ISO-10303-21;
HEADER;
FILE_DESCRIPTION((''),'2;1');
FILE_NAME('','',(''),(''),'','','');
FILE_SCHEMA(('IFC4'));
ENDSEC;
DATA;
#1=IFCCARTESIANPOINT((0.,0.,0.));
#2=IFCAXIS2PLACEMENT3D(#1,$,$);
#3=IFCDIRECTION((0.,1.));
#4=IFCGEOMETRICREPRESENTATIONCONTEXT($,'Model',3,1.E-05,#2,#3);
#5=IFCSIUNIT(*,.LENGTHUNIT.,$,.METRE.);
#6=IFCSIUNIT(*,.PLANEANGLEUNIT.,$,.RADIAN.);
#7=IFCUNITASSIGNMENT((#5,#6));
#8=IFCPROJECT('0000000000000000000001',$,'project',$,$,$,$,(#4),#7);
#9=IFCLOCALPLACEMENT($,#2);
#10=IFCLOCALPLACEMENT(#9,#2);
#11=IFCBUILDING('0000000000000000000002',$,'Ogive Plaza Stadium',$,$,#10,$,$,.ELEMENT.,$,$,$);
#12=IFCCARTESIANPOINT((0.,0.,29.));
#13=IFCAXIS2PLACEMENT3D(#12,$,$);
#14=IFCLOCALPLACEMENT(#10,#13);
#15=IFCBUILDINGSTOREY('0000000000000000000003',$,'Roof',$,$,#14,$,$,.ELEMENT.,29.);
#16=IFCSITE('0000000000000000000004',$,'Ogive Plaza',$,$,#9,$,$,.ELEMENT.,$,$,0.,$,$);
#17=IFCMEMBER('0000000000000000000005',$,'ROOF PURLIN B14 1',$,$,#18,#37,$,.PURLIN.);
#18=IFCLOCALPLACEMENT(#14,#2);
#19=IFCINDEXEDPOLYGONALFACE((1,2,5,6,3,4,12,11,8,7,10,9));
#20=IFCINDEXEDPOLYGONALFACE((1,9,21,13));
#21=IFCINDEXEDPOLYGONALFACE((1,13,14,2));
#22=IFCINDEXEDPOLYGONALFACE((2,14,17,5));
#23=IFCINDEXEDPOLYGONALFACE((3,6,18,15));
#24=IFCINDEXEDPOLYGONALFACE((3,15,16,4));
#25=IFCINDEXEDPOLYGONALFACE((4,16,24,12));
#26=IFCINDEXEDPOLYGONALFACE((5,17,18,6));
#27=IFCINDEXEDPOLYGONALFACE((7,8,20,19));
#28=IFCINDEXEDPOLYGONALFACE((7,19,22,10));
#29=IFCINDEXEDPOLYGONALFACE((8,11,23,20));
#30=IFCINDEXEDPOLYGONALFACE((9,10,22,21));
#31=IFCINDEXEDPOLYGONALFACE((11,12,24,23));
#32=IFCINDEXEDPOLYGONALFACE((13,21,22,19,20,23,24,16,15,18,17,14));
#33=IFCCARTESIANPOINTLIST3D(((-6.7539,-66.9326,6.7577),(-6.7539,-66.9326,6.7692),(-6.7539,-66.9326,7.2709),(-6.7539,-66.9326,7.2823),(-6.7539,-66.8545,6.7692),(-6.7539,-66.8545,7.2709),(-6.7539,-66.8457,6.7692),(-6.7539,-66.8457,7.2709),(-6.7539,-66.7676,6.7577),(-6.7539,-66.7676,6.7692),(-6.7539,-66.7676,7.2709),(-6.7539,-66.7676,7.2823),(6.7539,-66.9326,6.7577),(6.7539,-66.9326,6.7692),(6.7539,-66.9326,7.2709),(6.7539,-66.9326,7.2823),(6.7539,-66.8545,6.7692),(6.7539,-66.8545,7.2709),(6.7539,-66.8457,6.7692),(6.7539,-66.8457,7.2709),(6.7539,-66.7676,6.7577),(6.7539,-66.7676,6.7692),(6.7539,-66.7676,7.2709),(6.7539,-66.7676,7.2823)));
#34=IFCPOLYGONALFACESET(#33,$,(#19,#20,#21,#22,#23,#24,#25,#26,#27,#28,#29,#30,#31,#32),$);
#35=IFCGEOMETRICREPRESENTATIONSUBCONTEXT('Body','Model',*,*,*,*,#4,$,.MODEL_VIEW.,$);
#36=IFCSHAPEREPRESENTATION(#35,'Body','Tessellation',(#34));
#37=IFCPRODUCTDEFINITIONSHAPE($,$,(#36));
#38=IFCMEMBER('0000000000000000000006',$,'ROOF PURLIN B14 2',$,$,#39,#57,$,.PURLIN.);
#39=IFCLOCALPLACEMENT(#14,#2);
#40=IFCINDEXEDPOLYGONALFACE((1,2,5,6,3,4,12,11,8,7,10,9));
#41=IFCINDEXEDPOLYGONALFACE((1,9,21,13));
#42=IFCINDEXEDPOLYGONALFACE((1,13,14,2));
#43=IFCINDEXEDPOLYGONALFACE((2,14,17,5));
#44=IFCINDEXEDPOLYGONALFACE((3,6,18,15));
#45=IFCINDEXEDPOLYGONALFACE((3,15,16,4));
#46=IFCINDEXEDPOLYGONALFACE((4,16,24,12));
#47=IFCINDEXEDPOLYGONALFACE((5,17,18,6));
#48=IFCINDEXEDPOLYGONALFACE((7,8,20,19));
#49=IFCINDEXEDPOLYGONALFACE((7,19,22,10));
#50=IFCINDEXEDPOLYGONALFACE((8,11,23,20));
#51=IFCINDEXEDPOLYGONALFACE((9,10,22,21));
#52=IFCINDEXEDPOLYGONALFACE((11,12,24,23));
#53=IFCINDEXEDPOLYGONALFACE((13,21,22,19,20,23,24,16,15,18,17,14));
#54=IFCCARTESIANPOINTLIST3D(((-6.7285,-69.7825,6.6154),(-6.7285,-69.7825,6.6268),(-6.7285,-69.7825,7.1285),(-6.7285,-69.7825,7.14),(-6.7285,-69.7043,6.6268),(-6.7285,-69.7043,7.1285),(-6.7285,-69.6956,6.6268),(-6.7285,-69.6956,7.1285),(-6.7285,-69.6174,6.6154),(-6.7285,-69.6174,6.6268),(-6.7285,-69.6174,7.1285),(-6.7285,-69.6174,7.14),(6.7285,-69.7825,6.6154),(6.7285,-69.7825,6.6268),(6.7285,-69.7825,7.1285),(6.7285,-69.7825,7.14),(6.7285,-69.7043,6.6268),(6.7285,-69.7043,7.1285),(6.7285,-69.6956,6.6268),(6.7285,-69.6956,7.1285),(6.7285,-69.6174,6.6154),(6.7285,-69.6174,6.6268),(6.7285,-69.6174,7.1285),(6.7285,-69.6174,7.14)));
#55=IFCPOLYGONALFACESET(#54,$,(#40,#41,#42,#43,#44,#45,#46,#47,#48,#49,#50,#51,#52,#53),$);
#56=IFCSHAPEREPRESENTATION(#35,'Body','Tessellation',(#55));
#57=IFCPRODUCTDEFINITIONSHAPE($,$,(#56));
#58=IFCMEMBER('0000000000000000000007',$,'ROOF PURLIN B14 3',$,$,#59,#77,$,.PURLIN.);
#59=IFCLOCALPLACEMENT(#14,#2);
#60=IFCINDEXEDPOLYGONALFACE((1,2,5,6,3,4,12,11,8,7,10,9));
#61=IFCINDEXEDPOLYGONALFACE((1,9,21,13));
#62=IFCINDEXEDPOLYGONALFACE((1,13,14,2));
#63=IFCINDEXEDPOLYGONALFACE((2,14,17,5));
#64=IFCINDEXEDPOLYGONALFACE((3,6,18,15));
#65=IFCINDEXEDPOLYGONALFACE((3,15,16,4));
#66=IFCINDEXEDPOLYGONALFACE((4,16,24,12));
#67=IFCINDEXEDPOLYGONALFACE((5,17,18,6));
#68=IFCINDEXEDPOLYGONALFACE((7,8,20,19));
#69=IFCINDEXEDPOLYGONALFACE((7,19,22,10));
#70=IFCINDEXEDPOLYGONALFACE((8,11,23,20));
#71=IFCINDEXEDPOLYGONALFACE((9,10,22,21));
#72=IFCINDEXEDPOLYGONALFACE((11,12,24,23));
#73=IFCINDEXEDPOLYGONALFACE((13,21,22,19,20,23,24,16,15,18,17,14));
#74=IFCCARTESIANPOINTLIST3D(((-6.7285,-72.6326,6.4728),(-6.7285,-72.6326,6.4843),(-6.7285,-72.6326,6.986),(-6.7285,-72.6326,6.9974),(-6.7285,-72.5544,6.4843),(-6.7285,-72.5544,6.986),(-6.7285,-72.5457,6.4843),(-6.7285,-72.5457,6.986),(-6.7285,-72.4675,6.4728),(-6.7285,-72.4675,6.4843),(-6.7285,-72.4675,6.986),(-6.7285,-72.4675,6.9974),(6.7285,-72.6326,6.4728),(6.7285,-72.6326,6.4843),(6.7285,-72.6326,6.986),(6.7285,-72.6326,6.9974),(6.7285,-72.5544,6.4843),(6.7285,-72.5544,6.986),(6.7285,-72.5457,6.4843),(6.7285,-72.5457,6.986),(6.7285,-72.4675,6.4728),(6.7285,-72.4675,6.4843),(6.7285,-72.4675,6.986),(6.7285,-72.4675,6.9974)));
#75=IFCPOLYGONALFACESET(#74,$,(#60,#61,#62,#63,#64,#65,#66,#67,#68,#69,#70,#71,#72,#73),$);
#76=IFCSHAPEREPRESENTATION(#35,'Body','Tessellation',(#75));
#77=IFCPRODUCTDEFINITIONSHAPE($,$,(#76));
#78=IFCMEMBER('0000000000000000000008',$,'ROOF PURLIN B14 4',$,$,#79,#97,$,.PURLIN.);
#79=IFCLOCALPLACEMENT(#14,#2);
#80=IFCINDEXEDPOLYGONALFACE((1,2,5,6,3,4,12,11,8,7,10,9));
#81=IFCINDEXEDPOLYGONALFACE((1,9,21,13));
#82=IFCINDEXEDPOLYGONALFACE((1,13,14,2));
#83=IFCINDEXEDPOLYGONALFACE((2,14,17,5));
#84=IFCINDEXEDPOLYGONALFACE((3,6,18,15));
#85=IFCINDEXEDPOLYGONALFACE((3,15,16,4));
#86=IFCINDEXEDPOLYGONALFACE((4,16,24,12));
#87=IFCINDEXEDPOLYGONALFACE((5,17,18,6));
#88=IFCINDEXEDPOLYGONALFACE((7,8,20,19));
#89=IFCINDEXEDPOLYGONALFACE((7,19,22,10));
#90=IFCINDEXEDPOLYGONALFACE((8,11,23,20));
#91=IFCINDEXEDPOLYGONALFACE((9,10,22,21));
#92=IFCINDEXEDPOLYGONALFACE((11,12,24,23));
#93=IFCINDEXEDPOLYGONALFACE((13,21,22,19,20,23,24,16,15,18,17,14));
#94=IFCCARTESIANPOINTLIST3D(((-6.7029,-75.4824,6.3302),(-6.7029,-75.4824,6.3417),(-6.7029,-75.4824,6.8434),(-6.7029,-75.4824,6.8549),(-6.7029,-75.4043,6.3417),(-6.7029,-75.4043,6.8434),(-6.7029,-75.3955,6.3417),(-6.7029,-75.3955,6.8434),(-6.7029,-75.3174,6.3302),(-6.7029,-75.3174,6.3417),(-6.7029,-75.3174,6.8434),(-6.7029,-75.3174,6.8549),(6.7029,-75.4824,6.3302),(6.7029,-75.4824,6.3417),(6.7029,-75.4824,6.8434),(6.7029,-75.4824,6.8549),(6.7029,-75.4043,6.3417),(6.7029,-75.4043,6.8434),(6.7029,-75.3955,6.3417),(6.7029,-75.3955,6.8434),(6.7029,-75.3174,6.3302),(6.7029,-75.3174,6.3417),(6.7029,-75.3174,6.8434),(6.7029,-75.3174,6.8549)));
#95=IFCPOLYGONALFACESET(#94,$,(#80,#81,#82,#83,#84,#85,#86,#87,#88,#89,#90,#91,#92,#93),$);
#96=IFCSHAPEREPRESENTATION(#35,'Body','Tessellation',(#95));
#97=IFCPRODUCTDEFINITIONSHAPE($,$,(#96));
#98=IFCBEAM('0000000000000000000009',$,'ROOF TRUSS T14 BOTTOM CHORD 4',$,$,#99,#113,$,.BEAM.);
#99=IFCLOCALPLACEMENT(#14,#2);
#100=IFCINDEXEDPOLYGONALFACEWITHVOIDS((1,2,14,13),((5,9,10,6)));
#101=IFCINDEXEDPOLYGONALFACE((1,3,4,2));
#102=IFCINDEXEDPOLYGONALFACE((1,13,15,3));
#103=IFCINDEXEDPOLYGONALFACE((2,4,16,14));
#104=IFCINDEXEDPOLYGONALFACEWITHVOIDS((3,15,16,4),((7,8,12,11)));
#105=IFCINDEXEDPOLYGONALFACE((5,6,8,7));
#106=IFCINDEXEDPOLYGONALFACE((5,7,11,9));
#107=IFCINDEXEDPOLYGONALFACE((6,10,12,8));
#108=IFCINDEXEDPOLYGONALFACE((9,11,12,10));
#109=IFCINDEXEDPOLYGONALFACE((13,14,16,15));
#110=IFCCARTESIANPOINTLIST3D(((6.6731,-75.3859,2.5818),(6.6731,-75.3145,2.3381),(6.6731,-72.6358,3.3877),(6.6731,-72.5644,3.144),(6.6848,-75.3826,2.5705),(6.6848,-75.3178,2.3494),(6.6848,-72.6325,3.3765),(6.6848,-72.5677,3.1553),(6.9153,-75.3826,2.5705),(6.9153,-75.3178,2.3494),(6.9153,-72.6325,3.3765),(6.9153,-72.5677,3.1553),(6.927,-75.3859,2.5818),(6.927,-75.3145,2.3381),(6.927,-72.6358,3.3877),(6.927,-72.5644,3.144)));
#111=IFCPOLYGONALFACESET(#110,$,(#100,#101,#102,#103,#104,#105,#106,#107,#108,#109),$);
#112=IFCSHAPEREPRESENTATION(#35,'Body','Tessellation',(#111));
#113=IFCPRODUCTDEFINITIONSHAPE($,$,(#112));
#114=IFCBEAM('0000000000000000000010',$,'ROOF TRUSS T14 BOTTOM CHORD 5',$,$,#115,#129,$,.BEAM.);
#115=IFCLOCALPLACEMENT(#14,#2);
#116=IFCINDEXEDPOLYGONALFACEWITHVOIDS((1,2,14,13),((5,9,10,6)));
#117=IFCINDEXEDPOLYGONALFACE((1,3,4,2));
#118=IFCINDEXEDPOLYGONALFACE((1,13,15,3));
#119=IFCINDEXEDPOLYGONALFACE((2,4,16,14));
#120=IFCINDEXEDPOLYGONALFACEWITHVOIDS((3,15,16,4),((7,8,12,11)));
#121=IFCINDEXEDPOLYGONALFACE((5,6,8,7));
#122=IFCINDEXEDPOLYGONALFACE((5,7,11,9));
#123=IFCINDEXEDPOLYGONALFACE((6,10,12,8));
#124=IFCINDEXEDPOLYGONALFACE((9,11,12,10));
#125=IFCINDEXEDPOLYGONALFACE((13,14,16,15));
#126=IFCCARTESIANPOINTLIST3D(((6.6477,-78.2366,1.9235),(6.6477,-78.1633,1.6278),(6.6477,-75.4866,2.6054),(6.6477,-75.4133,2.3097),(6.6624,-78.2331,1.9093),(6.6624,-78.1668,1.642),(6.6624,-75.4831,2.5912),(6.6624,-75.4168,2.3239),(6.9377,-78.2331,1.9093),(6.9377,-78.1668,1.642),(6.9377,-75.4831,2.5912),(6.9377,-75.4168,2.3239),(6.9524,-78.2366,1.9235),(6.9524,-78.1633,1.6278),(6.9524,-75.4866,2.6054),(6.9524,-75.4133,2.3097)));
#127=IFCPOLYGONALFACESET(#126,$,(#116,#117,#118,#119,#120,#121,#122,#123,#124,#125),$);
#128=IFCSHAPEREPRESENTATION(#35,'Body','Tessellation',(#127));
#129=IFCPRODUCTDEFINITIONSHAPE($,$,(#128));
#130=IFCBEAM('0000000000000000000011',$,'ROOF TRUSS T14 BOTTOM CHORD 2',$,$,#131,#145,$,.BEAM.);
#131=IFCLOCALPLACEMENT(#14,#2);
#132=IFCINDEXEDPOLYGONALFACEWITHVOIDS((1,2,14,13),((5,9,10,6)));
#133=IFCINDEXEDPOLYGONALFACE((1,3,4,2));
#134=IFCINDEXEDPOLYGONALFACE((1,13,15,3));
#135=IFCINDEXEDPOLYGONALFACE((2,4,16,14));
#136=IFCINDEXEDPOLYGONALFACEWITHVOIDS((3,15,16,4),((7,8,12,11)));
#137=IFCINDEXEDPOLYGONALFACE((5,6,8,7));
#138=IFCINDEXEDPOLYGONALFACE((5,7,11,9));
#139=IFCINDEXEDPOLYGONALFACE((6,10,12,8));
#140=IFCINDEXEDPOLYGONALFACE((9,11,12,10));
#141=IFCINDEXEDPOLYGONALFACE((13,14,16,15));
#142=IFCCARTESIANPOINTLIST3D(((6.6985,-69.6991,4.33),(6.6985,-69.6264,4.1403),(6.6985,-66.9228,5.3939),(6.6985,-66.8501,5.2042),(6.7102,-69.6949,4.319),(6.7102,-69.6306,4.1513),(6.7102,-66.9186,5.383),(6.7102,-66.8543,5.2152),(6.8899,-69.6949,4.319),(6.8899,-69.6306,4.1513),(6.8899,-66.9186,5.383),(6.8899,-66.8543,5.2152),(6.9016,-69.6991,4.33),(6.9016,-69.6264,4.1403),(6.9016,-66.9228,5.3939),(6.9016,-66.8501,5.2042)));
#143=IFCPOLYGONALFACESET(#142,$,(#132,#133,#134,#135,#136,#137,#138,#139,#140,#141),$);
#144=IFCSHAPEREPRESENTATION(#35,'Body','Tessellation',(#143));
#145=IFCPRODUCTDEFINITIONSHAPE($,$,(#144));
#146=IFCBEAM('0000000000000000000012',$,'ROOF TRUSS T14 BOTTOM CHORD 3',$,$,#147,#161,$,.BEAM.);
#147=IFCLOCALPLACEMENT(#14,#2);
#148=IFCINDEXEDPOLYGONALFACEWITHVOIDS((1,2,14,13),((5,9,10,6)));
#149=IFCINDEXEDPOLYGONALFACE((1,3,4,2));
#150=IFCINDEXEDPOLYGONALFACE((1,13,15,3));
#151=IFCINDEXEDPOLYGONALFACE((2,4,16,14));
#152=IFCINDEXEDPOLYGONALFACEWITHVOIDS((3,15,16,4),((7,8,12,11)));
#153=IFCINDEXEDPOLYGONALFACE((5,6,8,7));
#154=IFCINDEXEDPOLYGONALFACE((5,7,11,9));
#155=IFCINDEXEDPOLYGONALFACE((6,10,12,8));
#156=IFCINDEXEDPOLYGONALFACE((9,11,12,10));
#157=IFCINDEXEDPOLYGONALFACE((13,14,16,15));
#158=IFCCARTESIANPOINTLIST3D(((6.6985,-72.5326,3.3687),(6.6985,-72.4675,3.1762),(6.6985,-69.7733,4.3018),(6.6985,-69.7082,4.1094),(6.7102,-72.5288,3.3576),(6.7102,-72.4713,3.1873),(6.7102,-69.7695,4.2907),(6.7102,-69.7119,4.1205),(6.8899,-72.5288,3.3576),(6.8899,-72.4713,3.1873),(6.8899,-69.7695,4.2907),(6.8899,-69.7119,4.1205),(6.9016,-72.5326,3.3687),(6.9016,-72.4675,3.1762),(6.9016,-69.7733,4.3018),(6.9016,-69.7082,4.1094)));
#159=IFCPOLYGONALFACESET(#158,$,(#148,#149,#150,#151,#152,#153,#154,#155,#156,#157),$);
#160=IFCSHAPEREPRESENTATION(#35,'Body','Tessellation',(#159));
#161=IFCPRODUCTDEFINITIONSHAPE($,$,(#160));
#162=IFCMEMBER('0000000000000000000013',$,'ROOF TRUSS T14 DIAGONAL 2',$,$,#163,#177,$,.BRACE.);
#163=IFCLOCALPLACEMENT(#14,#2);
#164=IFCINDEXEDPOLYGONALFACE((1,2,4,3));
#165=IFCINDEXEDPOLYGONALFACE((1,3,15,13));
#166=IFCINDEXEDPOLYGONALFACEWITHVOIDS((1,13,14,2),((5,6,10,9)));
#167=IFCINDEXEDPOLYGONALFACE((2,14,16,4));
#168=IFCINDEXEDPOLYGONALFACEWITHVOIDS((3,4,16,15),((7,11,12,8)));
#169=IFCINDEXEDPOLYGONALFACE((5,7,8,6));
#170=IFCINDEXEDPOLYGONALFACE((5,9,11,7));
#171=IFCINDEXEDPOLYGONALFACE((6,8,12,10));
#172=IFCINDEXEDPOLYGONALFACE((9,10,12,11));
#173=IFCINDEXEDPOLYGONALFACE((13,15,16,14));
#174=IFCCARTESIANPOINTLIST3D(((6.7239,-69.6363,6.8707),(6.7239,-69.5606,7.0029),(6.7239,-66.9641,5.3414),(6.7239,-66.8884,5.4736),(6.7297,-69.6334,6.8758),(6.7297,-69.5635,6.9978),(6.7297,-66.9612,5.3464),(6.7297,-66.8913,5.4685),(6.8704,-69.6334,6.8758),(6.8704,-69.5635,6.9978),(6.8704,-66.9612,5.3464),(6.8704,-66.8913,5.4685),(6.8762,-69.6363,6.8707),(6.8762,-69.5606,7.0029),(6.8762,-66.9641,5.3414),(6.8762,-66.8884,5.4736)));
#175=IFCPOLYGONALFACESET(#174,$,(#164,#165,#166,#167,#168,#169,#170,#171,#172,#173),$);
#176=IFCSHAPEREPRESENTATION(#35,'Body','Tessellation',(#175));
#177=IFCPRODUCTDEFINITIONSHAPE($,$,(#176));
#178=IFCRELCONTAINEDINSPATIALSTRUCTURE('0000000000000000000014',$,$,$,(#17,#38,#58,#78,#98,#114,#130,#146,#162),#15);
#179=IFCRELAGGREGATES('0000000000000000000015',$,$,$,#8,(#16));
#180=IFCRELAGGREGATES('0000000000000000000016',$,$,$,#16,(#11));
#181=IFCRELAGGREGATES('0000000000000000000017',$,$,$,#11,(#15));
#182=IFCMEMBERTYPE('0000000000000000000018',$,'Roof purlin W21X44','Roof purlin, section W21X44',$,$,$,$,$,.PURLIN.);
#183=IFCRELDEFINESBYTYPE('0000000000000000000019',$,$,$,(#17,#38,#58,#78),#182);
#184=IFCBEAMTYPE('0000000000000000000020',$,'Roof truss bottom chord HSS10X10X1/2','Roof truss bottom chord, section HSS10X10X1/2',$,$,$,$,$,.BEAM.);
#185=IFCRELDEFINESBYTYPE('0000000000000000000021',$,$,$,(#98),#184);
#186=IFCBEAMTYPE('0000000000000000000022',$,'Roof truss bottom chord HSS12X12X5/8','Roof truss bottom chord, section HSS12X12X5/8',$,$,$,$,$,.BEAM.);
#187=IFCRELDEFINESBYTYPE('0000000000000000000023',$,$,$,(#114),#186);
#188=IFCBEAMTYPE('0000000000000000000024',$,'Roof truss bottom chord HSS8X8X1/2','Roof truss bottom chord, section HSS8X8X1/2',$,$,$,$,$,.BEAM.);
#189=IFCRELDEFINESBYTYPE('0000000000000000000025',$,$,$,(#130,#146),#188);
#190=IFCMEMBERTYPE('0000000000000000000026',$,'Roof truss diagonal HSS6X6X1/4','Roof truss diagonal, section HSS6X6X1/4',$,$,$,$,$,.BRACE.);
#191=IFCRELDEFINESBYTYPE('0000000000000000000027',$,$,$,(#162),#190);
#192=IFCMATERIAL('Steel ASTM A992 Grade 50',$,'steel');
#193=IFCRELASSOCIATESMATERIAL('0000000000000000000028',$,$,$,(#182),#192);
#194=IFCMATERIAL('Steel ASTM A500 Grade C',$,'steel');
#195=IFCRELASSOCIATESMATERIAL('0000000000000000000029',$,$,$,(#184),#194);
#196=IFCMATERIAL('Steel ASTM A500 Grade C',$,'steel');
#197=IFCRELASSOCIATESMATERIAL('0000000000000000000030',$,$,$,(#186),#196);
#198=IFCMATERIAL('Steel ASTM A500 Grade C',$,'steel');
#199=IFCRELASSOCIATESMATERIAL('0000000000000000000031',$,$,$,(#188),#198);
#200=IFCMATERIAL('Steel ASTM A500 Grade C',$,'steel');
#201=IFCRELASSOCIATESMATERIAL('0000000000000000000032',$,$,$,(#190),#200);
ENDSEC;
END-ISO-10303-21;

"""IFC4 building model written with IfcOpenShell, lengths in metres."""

from ifc_helpers import new_model, si_unit, direction, frame, origin, origin_2d, place, context, subcontext, project, spatial, hollow_rectangle, i_section, extrude, material, material_profile, profile_set, type_object, element, save


model = new_model("IFC4")

# Units and contexts
model_context = context("Model", 3, precision=1e-05, world=origin(), true_north=direction((0.0, 1.0)))
body_context = subcontext(model_context, "Body", "Model", "MODEL_VIEW")
ifc_project = project(units=[si_unit("LENGTHUNIT", "METRE"), si_unit("PLANEANGLEUNIT", "RADIAN")], contexts=[model_context])

# Site, building, storey
site_placement = place(None, origin())
site = spatial("IfcSite", under=ifc_project, at=site_placement, Name="Ogive Plaza", CompositionType="ELEMENT", RefElevation=0.0)
building_placement = place(site_placement, origin())
building = spatial("IfcBuilding", under=site, at=building_placement, Name="Ogive Plaza Stadium", CompositionType="ELEMENT")
storey_placement = place(building_placement, frame((0.0, 0.0, 29.0)))
storey = spatial("IfcBuildingStorey", under=building, at=storey_placement, Name="Roof", CompositionType="ELEMENT", Elevation=29.0)

# Members
ifc_material_1 = material(Name="Steel ASTM A992 Grade 50", Category="steel")
ifc_material_profile_1 = material_profile(ifc_material_1, i_section(OverallWidth=0.165, OverallDepth=0.5247, WebThickness=0.0088, FlangeThickness=0.0115, at=origin_2d()), Name="W21X44")
ifc_profile_set_1 = profile_set([ifc_material_profile_1], Name="Steel ASTM A992 Grade 50")
member_type_1 = type_object("IfcMemberType", Name="Roof purlin W21X44", Description="Roof purlin, section W21X44", PredefinedType="PURLIN", material=ifc_profile_set_1)
member_1_placement = place(storey_placement, frame((6.7539, -66.8501, 7.02), z_axis=(-1.0, 0.0, 0.0), x_axis=(0.0, -1.0, 0.0)))
element("IfcMember", 1, at=member_1_placement, inside=storey, type_object=member_type_1, Name="ROOF PURLIN B14 1", PredefinedType="PURLIN", context=body_context, shape_type="SweptSolid", body=[
    extrude(i_section(OverallWidth=0.165, OverallDepth=0.5247, WebThickness=0.0088, FlangeThickness=0.0115, at=origin_2d()), origin(), (0.0, 0.0, 1.0), 13.5078),
])
for number, where, z_axis, x_axis, name in (
    (2, (6.7285, -69.7, 6.8777), (-1.0, 0.0, 0.0), (0.0, -1.0, 0.0), "ROOF PURLIN B14 2"),
    (3, (6.7285, -72.55, 6.7351), (-1.0, 0.0, 0.0), (0.0, -1.0, 0.0), "ROOF PURLIN B14 3"),
):
    element("IfcMember", number, at=place(storey_placement, frame(where, z_axis=z_axis, x_axis=x_axis)), inside=storey, type_object=member_type_1, Name=name, PredefinedType="PURLIN", context=body_context, shape_type="SweptSolid", body=[
        extrude(i_section(OverallWidth=0.165, OverallDepth=0.5247, WebThickness=0.0088, FlangeThickness=0.0115, at=origin_2d()), origin(), (0.0, 0.0, 1.0), 13.457),
    ])
member_2_placement = place(storey_placement, frame((6.7029, -75.3999, 6.5925), z_axis=(-1.0, 0.0, 0.0), x_axis=(0.0, -1.0, 0.0)))
element("IfcMember", 4, at=member_2_placement, inside=storey, type_object=member_type_1, Name="ROOF PURLIN B14 4", PredefinedType="PURLIN", context=body_context, shape_type="SweptSolid", body=[
    extrude(i_section(OverallWidth=0.165, OverallDepth=0.5247, WebThickness=0.0088, FlangeThickness=0.0115, at=origin_2d()), origin(), (0.0, 0.0, 1.0), 13.4058),
])

# Beams
ifc_material_2 = material(Name="Steel ASTM A500 Grade C", Category="steel")
ifc_material_profile_2 = material_profile(ifc_material_2, hollow_rectangle(XDim=0.2539, YDim=0.2539, WallThickness=0.0117, at=origin_2d()), Name="HSS10X10X1/2")
ifc_profile_set_2 = profile_set([ifc_material_profile_2], Name="Steel ASTM A500 Grade C")
beam_type_1 = type_object("IfcBeamType", Name="Roof truss bottom chord HSS10X10X1/2", Description="Roof truss bottom chord, section HSS10X10X1/2", PredefinedType="BEAM", material=ifc_profile_set_2)
beam_1_placement = place(storey_placement, frame((6.8, -72.6001, 3.2659), z_axis=(0.0, -0.95964, -0.28123), x_axis=(1.0, 0.0, 0.0)))
element("IfcBeam", 5, at=beam_1_placement, inside=storey, type_object=beam_type_1, Name="ROOF TRUSS T14 BOTTOM CHORD 4", PredefinedType="BEAM", context=body_context, shape_type="SweptSolid", body=[
    extrude(hollow_rectangle(XDim=0.2539, YDim=0.2539, WallThickness=0.0117, at=origin_2d()), origin(), (0.0, 0.0, 1.0), 2.8657),
])
ifc_material_3 = material(Name="Steel ASTM A500 Grade C", Category="steel")
ifc_material_profile_3 = material_profile(ifc_material_3, hollow_rectangle(XDim=0.3047, YDim=0.3047, WallThickness=0.0146, at=origin_2d()), Name="HSS12X12X5/8")
ifc_profile_set_3 = profile_set([ifc_material_profile_3], Name="Steel ASTM A500 Grade C")
beam_type_2 = type_object("IfcBeamType", Name="Roof truss bottom chord HSS12X12X5/8", Description="Roof truss bottom chord, section HSS12X12X5/8", PredefinedType="BEAM", material=ifc_profile_set_3)
beam_2_placement = place(storey_placement, frame((6.8, -75.45, 2.4575), z_axis=(0.0, -0.970607, -0.24067), x_axis=(1.0, 0.0, 0.0)))
element("IfcBeam", 6, at=beam_2_placement, inside=storey, type_object=beam_type_2, Name="ROOF TRUSS T14 BOTTOM CHORD 5", PredefinedType="BEAM", context=body_context, shape_type="SweptSolid", body=[
    extrude(hollow_rectangle(XDim=0.3047, YDim=0.3047, WallThickness=0.0146, at=origin_2d()), origin(), (0.0, 0.0, 1.0), 2.8333),
])
ifc_material_4 = material(Name="Steel ASTM A500 Grade C", Category="steel")
ifc_material_profile_4 = material_profile(ifc_material_4, hollow_rectangle(XDim=0.2031, YDim=0.2031, WallThickness=0.0117, at=origin_2d()), Name="HSS8X8X1/2")
ifc_profile_set_4 = profile_set([ifc_material_profile_4], Name="Steel ASTM A500 Grade C")
beam_type_3 = type_object("IfcBeamType", Name="Roof truss bottom chord HSS8X8X1/2", Description="Roof truss bottom chord, section HSS8X8X1/2", PredefinedType="BEAM", material=ifc_profile_set_4)
beam_3_placement = place(storey_placement, frame((6.8, -66.8865, 5.2991), z_axis=(0.0, -0.933781, -0.357845), x_axis=(1.0, 0.0, 0.0)))
element("IfcBeam", 7, at=beam_3_placement, inside=storey, type_object=beam_type_3, Name="ROOF TRUSS T14 BOTTOM CHORD 2", PredefinedType="BEAM", context=body_context, shape_type="SweptSolid", body=[
    extrude(hollow_rectangle(XDim=0.2031, YDim=0.2031, WallThickness=0.0117, at=origin_2d()), origin(), (0.0, 0.0, 1.0), 2.9731),
])
beam_4_placement = place(storey_placement, frame((6.8, -69.7407, 4.2056), z_axis=(0.0, -0.9473, -0.320349), x_axis=(1.0, 0.0, 0.0)))
element("IfcBeam", 8, at=beam_4_placement, inside=storey, type_object=beam_type_3, Name="ROOF TRUSS T14 BOTTOM CHORD 3", PredefinedType="BEAM", context=body_context, shape_type="SweptSolid", body=[
    extrude(hollow_rectangle(XDim=0.2031, YDim=0.2031, WallThickness=0.0117, at=origin_2d()), origin(), (0.0, 0.0, 1.0), 2.9128),
])

# Member
ifc_material_5 = material(Name="Steel ASTM A500 Grade C", Category="steel")
ifc_material_profile_5 = material_profile(ifc_material_5, hollow_rectangle(XDim=0.1523, YDim=0.1523, WallThickness=0.0059, at=origin_2d()), Name="HSS6X6X1/4")
ifc_profile_set_5 = profile_set([ifc_material_profile_5], Name="Steel ASTM A500 Grade C")
member_type_2 = type_object("IfcMemberType", Name="Roof truss diagonal HSS6X6X1/4", Description="Roof truss diagonal, section HSS6X6X1/4", PredefinedType="BRACE", material=ifc_profile_set_5)
member_3_placement = place(storey_placement, frame((6.8, -66.9263, 5.4075), z_axis=(0.0, -0.867911, 0.49672), x_axis=(1.0, 0.0, 0.0)))
element("IfcMember", 9, at=member_3_placement, inside=storey, type_object=member_type_2, Name="ROOF TRUSS T14 DIAGONAL 2", PredefinedType="BRACE", context=body_context, shape_type="SweptSolid", body=[
    extrude(hollow_rectangle(XDim=0.1523, YDim=0.1523, WallThickness=0.0059, at=origin_2d()), origin(), (0.0, 0.0, 1.0), 3.0789),
])

save(model, "model.ifc")
